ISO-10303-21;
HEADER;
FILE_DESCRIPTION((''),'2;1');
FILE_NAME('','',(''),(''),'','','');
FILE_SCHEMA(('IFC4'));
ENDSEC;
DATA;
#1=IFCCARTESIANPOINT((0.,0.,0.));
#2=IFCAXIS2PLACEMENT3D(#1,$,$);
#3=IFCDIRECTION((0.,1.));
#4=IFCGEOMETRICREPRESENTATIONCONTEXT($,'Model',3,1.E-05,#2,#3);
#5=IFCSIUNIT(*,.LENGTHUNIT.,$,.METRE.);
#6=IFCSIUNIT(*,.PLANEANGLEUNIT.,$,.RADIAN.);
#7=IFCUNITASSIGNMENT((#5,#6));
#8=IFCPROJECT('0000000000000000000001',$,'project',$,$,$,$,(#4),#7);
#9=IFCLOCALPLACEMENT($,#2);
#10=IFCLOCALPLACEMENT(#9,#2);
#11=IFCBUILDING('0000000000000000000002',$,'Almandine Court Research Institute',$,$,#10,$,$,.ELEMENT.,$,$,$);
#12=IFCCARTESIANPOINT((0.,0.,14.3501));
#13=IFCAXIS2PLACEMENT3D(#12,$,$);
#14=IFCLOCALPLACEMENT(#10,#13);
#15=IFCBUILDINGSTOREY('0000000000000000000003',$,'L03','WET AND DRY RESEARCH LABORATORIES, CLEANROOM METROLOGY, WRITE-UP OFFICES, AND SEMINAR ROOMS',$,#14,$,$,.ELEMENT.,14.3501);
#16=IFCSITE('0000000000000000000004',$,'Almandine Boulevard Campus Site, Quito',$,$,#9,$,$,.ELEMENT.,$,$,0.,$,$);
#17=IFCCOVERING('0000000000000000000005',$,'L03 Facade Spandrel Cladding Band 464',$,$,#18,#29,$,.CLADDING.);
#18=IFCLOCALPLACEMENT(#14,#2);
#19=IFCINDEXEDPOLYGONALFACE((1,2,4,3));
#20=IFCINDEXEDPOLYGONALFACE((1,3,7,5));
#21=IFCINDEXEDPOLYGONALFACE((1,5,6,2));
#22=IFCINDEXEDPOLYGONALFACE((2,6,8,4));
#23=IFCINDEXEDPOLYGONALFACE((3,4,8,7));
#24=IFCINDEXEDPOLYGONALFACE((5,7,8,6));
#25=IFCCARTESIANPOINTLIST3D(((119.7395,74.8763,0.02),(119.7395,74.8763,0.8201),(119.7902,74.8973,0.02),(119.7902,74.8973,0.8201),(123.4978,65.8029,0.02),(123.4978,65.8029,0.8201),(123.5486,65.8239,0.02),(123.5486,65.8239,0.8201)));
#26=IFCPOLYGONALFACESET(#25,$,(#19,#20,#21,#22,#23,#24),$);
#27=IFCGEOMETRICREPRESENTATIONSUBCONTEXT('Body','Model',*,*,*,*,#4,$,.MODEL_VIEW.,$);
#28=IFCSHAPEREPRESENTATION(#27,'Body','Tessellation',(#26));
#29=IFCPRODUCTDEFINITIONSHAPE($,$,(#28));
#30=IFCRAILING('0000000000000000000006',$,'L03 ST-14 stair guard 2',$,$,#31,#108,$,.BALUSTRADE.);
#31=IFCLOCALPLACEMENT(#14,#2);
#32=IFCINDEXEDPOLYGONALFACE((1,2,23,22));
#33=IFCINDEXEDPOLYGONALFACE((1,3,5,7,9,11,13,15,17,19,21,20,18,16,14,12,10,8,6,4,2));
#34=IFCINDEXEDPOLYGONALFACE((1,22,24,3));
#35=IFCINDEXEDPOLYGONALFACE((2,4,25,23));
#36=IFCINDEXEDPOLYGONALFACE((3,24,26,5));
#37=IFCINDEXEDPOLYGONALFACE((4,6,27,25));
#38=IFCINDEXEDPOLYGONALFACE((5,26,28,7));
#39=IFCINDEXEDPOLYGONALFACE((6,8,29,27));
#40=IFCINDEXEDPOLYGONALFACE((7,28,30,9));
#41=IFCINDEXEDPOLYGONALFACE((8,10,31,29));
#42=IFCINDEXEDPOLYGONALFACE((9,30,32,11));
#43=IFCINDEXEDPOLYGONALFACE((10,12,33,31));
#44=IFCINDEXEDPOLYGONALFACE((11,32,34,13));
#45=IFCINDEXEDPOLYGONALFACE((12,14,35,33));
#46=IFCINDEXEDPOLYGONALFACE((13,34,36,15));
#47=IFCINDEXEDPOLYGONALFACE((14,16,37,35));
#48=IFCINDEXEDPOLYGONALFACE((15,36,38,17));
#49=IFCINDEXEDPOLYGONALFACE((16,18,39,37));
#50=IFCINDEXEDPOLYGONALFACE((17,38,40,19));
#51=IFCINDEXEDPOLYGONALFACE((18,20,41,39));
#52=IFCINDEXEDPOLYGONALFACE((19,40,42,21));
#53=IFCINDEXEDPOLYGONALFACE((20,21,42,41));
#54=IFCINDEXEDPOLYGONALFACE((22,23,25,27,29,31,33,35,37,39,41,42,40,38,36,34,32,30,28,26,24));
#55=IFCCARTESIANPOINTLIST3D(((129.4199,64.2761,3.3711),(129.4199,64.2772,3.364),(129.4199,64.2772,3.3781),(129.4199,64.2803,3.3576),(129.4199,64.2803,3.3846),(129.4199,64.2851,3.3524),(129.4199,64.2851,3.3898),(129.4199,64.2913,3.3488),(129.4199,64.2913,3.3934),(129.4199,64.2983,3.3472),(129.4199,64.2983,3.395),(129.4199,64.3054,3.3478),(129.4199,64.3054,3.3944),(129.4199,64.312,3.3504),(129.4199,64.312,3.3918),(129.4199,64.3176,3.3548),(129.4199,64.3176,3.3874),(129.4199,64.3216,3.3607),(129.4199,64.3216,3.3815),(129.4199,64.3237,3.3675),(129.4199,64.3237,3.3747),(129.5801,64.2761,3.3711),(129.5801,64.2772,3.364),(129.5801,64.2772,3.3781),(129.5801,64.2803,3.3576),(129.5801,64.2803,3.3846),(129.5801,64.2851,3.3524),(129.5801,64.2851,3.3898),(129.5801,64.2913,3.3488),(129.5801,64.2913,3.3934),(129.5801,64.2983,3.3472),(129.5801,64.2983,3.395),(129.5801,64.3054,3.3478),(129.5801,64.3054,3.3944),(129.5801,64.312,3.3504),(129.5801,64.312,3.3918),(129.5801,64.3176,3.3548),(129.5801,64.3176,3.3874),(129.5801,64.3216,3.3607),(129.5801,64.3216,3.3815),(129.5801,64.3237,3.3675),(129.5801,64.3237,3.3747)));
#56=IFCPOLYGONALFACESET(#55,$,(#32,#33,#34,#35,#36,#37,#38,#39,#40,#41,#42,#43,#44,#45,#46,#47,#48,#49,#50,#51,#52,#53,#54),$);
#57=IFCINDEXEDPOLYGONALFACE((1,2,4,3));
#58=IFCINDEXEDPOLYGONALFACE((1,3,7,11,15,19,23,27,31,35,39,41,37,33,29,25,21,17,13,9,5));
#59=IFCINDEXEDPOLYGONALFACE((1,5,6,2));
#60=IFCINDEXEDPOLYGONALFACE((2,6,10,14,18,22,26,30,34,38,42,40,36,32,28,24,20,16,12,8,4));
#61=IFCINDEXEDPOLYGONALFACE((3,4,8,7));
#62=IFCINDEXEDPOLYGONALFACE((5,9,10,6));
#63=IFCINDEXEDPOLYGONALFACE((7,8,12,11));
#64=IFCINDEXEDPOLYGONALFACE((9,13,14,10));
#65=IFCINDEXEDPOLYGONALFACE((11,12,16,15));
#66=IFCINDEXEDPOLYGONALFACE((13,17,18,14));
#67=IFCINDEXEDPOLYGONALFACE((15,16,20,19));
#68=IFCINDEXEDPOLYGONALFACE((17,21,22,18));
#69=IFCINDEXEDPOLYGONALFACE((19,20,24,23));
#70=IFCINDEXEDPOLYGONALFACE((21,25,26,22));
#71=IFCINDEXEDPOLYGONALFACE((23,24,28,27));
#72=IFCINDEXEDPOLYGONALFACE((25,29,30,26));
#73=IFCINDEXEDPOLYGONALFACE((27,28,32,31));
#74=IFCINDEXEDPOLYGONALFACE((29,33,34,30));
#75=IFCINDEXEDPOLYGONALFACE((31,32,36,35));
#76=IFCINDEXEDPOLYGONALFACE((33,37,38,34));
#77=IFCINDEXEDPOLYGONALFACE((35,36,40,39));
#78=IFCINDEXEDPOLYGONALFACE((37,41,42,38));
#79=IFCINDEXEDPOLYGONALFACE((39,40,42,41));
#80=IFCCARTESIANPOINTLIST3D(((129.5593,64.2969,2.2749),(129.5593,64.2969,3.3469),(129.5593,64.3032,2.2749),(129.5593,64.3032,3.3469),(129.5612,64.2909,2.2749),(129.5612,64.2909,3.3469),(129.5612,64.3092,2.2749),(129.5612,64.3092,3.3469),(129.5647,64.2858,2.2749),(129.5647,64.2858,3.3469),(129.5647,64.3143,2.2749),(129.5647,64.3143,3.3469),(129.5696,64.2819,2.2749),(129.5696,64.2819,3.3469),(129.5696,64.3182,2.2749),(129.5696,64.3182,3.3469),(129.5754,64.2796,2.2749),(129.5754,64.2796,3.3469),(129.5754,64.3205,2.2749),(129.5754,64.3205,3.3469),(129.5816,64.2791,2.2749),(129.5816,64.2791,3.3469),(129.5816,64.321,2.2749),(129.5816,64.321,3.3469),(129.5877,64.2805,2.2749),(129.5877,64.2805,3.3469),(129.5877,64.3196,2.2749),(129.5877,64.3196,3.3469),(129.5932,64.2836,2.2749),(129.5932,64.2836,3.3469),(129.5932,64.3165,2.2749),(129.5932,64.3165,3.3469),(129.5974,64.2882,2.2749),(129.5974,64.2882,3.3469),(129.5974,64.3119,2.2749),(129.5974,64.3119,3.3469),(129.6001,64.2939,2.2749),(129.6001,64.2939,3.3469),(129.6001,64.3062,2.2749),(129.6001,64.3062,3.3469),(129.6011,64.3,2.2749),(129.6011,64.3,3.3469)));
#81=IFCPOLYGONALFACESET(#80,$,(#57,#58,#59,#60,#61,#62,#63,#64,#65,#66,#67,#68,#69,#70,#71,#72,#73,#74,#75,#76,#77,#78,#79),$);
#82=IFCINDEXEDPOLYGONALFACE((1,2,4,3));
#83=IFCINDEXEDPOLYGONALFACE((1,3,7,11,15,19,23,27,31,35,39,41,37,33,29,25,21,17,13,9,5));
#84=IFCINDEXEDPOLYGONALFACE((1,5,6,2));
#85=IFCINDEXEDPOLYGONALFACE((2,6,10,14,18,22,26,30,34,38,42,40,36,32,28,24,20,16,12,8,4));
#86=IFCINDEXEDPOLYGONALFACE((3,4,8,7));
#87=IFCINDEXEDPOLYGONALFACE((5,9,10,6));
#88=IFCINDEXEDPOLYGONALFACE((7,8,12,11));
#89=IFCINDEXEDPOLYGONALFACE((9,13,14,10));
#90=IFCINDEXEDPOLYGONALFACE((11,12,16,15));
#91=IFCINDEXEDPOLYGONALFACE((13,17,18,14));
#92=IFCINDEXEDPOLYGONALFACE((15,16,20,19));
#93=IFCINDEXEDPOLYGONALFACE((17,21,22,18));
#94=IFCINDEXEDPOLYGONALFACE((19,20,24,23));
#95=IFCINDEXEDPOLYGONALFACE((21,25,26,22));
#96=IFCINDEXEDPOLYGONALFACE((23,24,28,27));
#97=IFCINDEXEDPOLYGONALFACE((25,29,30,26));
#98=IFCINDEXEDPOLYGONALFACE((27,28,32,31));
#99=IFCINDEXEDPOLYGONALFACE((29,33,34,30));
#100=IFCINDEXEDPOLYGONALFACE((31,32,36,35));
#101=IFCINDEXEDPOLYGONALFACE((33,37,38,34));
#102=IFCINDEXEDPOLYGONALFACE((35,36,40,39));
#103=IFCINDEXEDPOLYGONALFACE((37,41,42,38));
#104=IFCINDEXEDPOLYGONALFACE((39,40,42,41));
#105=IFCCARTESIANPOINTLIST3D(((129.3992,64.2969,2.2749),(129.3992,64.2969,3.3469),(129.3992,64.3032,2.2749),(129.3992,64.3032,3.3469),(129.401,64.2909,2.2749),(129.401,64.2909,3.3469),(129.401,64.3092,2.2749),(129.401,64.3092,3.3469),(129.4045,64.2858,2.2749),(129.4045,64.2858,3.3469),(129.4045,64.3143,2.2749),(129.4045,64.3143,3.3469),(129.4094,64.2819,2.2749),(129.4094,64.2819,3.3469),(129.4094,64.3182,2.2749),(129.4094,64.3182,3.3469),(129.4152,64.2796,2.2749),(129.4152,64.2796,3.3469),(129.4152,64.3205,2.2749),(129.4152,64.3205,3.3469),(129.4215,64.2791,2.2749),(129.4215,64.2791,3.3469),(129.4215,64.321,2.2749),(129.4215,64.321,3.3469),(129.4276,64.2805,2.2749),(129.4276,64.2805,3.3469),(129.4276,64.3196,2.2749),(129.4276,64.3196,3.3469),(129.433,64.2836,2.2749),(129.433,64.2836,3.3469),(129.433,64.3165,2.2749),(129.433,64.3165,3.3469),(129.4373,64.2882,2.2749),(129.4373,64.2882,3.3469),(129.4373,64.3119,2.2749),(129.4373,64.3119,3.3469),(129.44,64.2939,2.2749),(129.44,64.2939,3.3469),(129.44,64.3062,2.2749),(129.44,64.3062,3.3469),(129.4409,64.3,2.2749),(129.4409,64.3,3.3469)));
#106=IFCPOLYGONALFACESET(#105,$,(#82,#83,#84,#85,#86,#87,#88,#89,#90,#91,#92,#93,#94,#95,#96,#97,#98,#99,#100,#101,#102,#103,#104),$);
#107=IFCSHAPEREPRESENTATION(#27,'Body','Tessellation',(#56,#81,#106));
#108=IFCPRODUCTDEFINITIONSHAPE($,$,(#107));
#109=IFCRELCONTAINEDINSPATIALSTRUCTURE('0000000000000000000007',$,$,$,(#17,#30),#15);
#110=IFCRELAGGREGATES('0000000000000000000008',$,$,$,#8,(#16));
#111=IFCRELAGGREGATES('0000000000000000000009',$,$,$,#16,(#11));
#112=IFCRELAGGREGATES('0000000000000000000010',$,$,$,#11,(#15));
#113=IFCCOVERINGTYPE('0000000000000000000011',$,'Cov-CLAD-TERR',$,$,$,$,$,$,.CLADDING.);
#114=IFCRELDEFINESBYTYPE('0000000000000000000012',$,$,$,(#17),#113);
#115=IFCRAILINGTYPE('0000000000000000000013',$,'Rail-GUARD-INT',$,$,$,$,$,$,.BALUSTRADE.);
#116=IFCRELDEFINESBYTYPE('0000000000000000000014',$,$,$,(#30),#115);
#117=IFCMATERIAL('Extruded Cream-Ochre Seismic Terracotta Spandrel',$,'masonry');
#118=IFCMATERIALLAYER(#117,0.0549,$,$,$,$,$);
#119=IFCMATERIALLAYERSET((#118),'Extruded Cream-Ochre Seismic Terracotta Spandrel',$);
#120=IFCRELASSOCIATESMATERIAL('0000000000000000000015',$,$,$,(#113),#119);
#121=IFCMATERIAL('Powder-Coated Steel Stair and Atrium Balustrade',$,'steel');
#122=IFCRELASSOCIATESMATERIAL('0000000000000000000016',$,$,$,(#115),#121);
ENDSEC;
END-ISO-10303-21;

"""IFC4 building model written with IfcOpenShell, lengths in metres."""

from ifc_helpers import new_model, si_unit, direction, frame, origin, origin_2d, place, context, subcontext, project, spatial, rectangle, circle, extrude, material, layer, layer_set, type_object, element, save


model = new_model("IFC4")

# Units and contexts
model_context = context("Model", 3, precision=1e-05, world=origin(), true_north=direction((0.0, 1.0)))
body_context = subcontext(model_context, "Body", "Model", "MODEL_VIEW")
ifc_project = project(units=[si_unit("LENGTHUNIT", "METRE"), si_unit("PLANEANGLEUNIT", "RADIAN")], contexts=[model_context])

# Site, building, storey
site_placement = place(None, origin())
site = spatial("IfcSite", under=ifc_project, at=site_placement, Name="Almandine Boulevard Campus Site, Quito", CompositionType="ELEMENT", RefElevation=0.0)
building_placement = place(site_placement, origin())
building = spatial("IfcBuilding", under=site, at=building_placement, Name="Almandine Court Research Institute", CompositionType="ELEMENT")
storey_placement = place(building_placement, frame((0.0, 0.0, 14.3501)))
storey = spatial("IfcBuildingStorey", under=building, at=storey_placement, Name="L03", Description="WET AND DRY RESEARCH LABORATORIES, CLEANROOM METROLOGY, WRITE-UP OFFICES, AND SEMINAR ROOMS", CompositionType="ELEMENT", Elevation=14.3501)

# Covering
ifc_material_1 = material(Name="Extruded Cream-Ochre Seismic Terracotta Spandrel", Category="masonry")
ifc_layer_1 = layer(ifc_material_1, 0.0549)
ifc_layer_set_1 = layer_set([ifc_layer_1], Name="Extruded Cream-Ochre Seismic Terracotta Spandrel")
covering_type = type_object("IfcCoveringType", Name="Cov-CLAD-TERR", PredefinedType="CLADDING", material=ifc_layer_set_1)
covering_1_placement = place(storey_placement, frame((121.644, 70.3501, 0.02), z_axis=(0.0, 0.0, 1.0), x_axis=(0.382683, -0.92388, 0.0)))
element("IfcCovering", 1, at=covering_1_placement, inside=storey, type_object=covering_type, Name="L03 Facade Spandrel Cladding Band 464", PredefinedType="CLADDING", context=body_context, shape_type="SweptSolid", body=[
    extrude(rectangle(XDim=9.821, YDim=0.0549, at=origin_2d()), origin(), (0.0, 0.0, 1.0), 0.8),
])

# Railing
ifc_material_2 = material(Name="Powder-Coated Steel Stair and Atrium Balustrade", Category="steel")
railing_type_1 = type_object("IfcRailingType", Name="Rail-GUARD-INT", PredefinedType="BALUSTRADE", material=ifc_material_2)
railing_1_placement = place(storey_placement, frame((129.5801, 64.3, 2.2749)))
element("IfcRailing", 2, at=railing_1_placement, inside=storey, type_object=railing_type_1, Name="L03 ST-14 stair guard 2", PredefinedType="BALUSTRADE", context=body_context, shape_type="SweptSolid", body=[
    extrude(circle(Radius=0.0239, at=origin_2d()), frame((0.0, 0.0, 1.0962), z_axis=(-1.0, 0.0, 0.0), x_axis=(0.0, -1.0, 0.0)), (0.0, 0.0, 1.0), 0.1602),
    extrude(circle(Radius=0.021, at=origin_2d()), origin(), (0.0, 0.0, 1.0), 1.072),
    extrude(circle(Radius=0.021, at=origin_2d()), frame((-0.1602, 0.0, 0.0)), (0.0, 0.0, 1.0), 1.072),
])

save(model, "model.ifc")
